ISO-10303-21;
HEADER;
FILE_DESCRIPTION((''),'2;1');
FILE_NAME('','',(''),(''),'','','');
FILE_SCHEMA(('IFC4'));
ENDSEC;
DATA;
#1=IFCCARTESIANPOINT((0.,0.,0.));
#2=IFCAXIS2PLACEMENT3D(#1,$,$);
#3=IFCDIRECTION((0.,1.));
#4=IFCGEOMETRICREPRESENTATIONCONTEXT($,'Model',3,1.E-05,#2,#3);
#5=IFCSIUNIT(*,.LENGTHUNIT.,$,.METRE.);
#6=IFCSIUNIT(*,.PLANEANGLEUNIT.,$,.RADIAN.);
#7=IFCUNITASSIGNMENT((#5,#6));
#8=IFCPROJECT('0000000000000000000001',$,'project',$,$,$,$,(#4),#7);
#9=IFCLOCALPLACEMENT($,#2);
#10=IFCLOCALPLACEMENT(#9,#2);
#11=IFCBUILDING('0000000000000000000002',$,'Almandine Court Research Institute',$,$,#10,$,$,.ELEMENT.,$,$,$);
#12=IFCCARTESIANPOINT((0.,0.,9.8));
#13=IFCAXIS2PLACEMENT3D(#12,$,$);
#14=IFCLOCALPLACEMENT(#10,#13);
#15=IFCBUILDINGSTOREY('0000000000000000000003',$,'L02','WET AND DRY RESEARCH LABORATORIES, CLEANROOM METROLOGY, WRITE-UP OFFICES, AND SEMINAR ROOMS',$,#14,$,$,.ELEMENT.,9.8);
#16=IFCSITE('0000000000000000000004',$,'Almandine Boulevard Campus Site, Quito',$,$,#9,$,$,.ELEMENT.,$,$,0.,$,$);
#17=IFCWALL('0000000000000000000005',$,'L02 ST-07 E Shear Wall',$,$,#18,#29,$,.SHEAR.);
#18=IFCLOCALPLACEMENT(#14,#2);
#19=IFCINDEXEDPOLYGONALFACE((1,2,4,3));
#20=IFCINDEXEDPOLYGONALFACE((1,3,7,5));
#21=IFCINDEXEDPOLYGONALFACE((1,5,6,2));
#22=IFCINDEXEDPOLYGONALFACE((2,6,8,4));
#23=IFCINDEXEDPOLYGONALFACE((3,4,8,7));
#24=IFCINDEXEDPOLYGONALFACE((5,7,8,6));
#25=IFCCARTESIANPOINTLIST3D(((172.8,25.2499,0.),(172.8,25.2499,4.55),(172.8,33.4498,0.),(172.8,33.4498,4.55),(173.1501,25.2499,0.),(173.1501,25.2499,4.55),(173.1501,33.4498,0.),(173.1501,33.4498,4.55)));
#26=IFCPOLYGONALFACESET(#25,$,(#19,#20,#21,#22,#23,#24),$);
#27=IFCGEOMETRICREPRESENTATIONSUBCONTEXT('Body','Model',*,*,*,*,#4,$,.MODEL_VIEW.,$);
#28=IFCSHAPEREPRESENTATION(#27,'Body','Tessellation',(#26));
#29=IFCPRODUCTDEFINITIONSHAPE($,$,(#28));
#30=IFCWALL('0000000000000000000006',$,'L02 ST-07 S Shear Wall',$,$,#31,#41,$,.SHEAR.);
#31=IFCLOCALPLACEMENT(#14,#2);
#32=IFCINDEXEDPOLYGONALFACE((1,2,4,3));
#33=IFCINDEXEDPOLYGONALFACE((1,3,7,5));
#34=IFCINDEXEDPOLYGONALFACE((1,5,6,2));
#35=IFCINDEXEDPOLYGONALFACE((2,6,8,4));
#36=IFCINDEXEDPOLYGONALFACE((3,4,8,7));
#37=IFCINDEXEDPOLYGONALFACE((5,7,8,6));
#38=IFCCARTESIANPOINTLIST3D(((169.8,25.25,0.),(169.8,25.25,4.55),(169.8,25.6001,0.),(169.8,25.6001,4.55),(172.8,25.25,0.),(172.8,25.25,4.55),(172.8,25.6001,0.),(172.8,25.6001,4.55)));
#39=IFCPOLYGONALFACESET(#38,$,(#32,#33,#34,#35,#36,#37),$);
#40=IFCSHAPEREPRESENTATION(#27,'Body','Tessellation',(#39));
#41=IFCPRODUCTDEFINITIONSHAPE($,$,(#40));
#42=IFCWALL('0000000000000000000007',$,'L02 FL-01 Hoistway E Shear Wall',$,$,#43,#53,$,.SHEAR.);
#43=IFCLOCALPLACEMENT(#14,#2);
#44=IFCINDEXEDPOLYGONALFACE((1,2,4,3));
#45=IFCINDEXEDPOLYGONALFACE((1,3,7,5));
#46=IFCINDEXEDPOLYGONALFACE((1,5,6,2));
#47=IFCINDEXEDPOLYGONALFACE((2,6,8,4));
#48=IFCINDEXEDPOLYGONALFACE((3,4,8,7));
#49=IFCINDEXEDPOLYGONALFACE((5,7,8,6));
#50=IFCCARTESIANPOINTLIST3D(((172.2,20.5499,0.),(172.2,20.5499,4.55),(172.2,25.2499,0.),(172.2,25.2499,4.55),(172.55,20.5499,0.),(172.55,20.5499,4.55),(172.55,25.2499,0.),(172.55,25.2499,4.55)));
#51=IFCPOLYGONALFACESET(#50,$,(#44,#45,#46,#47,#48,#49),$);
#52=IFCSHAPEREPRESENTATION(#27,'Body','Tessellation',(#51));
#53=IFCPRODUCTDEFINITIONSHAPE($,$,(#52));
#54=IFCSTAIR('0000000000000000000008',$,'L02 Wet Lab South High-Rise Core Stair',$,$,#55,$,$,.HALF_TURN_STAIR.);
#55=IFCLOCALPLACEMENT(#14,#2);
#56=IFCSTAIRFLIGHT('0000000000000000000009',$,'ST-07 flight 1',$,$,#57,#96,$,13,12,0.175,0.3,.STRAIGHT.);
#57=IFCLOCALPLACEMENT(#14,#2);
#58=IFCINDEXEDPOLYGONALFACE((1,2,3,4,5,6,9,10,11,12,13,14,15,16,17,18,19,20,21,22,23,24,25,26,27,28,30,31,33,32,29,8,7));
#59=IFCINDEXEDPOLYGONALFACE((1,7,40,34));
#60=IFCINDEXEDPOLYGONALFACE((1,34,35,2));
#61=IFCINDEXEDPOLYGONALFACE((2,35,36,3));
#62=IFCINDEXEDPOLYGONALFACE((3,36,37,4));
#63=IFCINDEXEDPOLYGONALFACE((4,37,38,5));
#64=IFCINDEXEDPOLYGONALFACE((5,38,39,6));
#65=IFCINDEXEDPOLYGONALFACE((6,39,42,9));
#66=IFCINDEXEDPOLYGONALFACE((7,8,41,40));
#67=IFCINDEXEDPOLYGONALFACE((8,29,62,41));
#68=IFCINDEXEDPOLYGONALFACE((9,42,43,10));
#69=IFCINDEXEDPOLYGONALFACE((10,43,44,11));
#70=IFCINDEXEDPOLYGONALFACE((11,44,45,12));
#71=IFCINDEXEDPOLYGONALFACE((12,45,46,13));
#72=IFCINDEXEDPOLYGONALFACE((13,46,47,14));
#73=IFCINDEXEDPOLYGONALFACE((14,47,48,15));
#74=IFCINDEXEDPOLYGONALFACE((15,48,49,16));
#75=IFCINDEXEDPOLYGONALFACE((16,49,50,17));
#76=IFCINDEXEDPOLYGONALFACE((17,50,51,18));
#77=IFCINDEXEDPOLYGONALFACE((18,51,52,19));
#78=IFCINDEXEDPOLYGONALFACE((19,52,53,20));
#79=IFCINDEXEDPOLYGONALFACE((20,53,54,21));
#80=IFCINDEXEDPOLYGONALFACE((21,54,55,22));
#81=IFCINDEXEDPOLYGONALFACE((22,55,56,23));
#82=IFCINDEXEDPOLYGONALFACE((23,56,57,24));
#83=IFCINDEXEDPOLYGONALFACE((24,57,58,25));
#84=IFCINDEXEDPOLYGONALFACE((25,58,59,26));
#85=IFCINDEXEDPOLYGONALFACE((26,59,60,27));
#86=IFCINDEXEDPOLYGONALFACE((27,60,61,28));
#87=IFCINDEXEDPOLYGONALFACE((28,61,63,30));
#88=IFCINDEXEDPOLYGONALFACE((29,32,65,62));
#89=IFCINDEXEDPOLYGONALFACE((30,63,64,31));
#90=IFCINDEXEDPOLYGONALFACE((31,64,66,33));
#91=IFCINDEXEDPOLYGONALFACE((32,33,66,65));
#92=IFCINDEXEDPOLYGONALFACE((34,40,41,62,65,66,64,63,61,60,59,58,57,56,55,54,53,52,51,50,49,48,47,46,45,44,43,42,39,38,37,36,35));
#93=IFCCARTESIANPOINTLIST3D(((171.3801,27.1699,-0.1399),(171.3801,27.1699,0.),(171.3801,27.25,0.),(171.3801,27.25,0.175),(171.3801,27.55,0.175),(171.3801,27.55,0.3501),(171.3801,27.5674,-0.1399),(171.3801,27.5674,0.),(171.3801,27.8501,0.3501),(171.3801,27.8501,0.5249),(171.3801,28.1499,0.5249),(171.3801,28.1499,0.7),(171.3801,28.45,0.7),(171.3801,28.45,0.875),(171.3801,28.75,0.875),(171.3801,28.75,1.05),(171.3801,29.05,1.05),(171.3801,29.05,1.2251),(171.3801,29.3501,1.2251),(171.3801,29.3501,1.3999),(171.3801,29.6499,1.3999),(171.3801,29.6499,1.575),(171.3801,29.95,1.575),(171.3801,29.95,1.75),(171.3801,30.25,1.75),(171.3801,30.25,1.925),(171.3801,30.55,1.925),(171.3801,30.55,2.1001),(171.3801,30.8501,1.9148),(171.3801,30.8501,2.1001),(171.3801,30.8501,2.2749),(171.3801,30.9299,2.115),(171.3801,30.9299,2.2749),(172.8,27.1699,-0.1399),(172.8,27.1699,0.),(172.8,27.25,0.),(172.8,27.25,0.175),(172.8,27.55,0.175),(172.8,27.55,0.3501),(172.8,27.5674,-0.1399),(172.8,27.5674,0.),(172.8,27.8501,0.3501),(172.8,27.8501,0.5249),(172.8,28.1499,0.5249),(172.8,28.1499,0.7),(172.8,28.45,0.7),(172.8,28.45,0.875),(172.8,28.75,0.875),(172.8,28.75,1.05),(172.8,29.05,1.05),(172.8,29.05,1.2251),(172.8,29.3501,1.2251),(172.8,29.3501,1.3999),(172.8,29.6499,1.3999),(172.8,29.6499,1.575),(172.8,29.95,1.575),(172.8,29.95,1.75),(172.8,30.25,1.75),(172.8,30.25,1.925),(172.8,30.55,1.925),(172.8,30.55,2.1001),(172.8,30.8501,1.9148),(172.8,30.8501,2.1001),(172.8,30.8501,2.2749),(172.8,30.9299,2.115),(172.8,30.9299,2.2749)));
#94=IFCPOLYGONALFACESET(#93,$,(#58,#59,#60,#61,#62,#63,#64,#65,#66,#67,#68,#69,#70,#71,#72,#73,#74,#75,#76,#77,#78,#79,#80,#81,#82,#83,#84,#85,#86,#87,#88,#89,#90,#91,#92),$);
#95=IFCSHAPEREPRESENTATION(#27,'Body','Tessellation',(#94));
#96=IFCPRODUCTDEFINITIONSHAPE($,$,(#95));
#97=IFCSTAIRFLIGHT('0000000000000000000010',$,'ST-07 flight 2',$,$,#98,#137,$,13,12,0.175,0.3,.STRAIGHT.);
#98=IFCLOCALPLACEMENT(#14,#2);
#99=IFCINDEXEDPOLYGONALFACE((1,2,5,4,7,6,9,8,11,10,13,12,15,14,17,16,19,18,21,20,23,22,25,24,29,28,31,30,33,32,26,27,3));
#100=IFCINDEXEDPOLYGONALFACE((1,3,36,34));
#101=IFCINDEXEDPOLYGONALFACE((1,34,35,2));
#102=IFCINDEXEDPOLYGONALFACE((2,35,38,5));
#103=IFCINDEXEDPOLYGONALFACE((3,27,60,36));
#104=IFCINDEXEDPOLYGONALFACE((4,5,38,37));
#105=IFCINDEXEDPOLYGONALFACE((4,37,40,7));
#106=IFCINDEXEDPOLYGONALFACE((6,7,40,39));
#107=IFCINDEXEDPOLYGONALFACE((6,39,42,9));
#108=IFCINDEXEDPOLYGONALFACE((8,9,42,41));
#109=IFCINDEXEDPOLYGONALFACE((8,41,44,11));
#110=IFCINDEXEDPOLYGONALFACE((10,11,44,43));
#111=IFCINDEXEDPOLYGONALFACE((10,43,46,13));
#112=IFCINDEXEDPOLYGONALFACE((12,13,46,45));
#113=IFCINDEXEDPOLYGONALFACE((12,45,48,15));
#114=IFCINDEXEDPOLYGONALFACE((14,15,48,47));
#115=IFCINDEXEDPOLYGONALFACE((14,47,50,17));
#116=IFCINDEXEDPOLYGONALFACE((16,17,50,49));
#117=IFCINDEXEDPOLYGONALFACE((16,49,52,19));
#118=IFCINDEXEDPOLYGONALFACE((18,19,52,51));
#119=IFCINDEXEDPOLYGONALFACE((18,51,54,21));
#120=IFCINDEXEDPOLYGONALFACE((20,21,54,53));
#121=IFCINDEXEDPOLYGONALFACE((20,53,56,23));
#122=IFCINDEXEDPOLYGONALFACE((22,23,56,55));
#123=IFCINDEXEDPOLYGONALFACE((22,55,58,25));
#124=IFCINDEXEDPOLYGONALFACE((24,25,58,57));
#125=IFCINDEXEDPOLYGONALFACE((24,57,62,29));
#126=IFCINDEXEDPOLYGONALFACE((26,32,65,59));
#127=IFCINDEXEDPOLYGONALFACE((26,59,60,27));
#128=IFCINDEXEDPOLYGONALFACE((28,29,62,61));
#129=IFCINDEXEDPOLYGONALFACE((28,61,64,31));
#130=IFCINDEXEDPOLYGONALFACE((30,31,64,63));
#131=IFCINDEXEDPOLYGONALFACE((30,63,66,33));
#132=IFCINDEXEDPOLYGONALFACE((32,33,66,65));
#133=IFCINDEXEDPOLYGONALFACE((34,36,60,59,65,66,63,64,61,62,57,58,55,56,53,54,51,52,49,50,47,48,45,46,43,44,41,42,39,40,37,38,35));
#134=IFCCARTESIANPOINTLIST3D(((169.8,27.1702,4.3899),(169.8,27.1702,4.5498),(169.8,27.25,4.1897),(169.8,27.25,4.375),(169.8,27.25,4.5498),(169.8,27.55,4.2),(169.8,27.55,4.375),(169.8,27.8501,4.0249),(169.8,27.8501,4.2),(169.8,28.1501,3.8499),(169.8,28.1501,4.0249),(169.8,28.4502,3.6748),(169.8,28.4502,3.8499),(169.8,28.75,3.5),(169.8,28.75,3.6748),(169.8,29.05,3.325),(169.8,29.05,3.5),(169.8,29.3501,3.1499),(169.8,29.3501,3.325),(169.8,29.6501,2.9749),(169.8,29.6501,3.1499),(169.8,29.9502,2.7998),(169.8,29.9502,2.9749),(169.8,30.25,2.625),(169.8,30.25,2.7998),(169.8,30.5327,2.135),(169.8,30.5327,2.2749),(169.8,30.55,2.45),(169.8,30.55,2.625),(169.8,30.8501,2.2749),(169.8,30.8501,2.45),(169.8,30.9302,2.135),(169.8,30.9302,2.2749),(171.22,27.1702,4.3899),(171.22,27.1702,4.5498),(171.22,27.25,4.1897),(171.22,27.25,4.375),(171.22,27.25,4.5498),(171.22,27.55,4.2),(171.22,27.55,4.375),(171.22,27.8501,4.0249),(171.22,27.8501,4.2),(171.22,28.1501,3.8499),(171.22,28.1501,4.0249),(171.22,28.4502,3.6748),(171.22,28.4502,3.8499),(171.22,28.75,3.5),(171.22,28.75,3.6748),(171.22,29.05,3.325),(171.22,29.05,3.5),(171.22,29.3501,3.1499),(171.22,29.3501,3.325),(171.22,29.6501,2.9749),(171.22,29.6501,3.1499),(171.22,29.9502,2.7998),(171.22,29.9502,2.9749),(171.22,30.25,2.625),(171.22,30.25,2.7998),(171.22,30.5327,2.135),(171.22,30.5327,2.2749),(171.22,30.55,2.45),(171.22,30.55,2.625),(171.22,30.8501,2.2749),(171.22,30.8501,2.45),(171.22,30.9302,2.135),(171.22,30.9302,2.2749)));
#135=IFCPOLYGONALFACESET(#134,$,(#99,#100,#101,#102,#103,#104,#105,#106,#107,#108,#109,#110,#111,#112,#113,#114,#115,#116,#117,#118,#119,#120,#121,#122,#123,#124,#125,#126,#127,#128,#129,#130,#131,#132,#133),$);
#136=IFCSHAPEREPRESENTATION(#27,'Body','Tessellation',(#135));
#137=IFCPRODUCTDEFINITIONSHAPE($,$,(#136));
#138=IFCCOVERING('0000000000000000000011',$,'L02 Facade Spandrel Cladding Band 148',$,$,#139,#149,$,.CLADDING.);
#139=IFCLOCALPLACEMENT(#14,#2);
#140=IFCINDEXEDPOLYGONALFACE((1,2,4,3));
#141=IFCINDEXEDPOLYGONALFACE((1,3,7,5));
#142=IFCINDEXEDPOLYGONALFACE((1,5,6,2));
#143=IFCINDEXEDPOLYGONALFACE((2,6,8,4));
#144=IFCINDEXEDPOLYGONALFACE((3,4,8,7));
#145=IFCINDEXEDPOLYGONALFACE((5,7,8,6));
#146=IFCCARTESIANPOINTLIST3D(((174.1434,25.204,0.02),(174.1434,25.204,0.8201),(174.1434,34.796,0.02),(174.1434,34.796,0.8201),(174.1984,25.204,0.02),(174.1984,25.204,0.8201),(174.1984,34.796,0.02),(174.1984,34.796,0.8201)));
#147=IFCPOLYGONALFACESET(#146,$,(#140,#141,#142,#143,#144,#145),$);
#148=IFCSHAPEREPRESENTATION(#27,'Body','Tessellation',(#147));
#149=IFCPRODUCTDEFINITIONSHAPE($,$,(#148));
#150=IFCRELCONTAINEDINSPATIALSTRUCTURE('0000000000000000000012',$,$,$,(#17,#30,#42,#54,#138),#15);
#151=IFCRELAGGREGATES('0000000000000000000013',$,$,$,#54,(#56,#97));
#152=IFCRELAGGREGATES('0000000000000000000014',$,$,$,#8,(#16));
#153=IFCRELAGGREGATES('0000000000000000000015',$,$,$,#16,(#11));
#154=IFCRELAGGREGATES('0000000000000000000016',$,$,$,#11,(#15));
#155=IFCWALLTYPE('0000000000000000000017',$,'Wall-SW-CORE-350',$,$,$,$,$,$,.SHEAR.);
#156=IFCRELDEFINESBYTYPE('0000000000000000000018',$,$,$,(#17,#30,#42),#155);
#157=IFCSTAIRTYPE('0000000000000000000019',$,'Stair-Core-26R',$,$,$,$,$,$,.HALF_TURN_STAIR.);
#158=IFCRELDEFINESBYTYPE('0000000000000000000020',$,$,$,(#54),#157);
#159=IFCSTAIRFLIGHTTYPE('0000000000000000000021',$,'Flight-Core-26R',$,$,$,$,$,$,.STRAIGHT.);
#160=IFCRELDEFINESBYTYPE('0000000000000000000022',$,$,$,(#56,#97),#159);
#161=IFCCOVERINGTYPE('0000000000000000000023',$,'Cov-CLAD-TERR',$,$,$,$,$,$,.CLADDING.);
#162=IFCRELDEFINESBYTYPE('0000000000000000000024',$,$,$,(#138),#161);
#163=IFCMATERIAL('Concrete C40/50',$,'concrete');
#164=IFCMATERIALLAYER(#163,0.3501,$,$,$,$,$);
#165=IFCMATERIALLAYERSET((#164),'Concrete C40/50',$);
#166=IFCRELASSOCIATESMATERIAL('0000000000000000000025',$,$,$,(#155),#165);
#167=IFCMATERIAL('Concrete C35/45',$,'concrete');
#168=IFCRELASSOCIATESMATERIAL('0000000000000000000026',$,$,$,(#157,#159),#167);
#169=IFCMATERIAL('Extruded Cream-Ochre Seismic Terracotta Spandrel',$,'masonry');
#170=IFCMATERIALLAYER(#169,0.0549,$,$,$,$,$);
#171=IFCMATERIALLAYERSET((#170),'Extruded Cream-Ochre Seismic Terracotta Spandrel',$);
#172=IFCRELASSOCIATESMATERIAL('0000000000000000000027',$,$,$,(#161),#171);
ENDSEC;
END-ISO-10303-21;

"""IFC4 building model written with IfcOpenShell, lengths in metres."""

from ifc_helpers import new_model, si_unit, direction, frame, frame_2d, origin, origin_2d, place, context, subcontext, project, spatial, polyline, rectangle, outline, extrude, material, layer, layer_set, type_object, element, aggregate, save


model = new_model("IFC4")

# Units and contexts
model_context = context("Model", 3, precision=1e-05, world=origin(), true_north=direction((0.0, 1.0)))
body_context = subcontext(model_context, "Body", "Model", "MODEL_VIEW")
ifc_project = project(units=[si_unit("LENGTHUNIT", "METRE"), si_unit("PLANEANGLEUNIT", "RADIAN")], contexts=[model_context])

# Site, building, storey
site_placement = place(None, origin())
site = spatial("IfcSite", under=ifc_project, at=site_placement, Name="Almandine Boulevard Campus Site, Quito", CompositionType="ELEMENT", RefElevation=0.0)
building_placement = place(site_placement, origin())
building = spatial("IfcBuilding", under=site, at=building_placement, Name="Almandine Court Research Institute", CompositionType="ELEMENT")
storey_placement = place(building_placement, frame((0.0, 0.0, 9.8)))
storey = spatial("IfcBuildingStorey", under=building, at=storey_placement, Name="L02", Description="WET AND DRY RESEARCH LABORATORIES, CLEANROOM METROLOGY, WRITE-UP OFFICES, AND SEMINAR ROOMS", CompositionType="ELEMENT", Elevation=9.8)

# Walls
ifc_material_1 = material(Name="Concrete C40/50", Category="concrete")
ifc_layer_1 = layer(ifc_material_1, 0.3501)
ifc_layer_set_1 = layer_set([ifc_layer_1], Name="Concrete C40/50")
wall_type_1 = type_object("IfcWallType", Name="Wall-SW-CORE-350", PredefinedType="SHEAR", material=ifc_layer_set_1)
wall_1_placement = place(storey_placement, frame((172.9751, 33.45, 0.0), z_axis=(0.0, 0.0, 1.0), x_axis=(0.0, -1.0, 0.0)))
element("IfcWall", 1, at=wall_1_placement, inside=storey, type_object=wall_type_1, Name="L02 ST-07 E Shear Wall", PredefinedType="SHEAR", context=body_context, shape_type="SweptSolid", body=[
    extrude(rectangle(XDim=8.2, YDim=0.3501, at=frame_2d((4.1001, 0.0))), origin(), (0.0, 0.0, 1.0), 4.55),
])
wall_2_placement = place(storey_placement, frame((172.8, 25.425, 0.0), z_axis=(0.0, 0.0, 1.0), x_axis=(-1.0, 0.0, 0.0)))
element("IfcWall", 2, at=wall_2_placement, inside=storey, type_object=wall_type_1, Name="L02 ST-07 S Shear Wall", PredefinedType="SHEAR", context=body_context, shape_type="SweptSolid", body=[
    extrude(rectangle(XDim=3.0, YDim=0.3501, at=frame_2d((1.5, 0.0))), origin(), (0.0, 0.0, 1.0), 4.55),
])
wall_3_placement = place(storey_placement, frame((172.375, 25.25, 0.0), z_axis=(0.0, 0.0, 1.0), x_axis=(0.0, -1.0, 0.0)))
element("IfcWall", 3, at=wall_3_placement, inside=storey, type_object=wall_type_1, Name="L02 FL-01 Hoistway E Shear Wall", PredefinedType="SHEAR", context=body_context, shape_type="SweptSolid", body=[
    extrude(rectangle(XDim=4.7, YDim=0.3501, at=frame_2d((2.3501, 0.0))), origin(), (0.0, 0.0, 1.0), 4.55),
])

# Stair, stair flights
ifc_material_2 = material(Name="Concrete C35/45", Category="concrete")
stair_type = type_object("IfcStairType", Name="Stair-Core-26R", PredefinedType="HALF_TURN_STAIR", material=ifc_material_2)
stair_placement = place(storey_placement, origin())
stair = element("IfcStair", 4, at=stair_placement, inside=storey, type_object=stair_type, Name="L02 Wet Lab South High-Rise Core Stair", PredefinedType="HALF_TURN_STAIR")
stair_flight_type = type_object("IfcStairFlightType", Name="Flight-Core-26R", PredefinedType="STRAIGHT", material=ifc_material_2)
stair_flight_1_placement = place(storey_placement, frame((172.0901, 27.25, 0.0), z_axis=(0.0, 0.0, 1.0), x_axis=(0.0, 1.0, 0.0)))
stair_flight_1 = element("IfcStairFlight", 5, at=stair_flight_1_placement, type_object=stair_flight_type, Name="ST-07 flight 1", NumberOfRisers=13, NumberOfTreads=12, PredefinedType="STRAIGHT", RiserHeight=0.175, TreadLength=0.3, context=body_context, shape_type="SweptSolid", body=[
    extrude(outline(polyline([(-0.0801, -0.1399), (-0.0801, 0.0), (0.0, 0.0), (0.0, 0.175), (0.3, 0.175), (0.3, 0.3501), (0.6001, 0.3501), (0.6001, 0.5249), (0.8999, 0.5249), (0.8999, 0.7), (1.2, 0.7), (1.2, 0.875), (1.5, 0.875), (1.5, 1.05), (1.8, 1.05), (1.8, 1.2251), (2.1001, 1.2251), (2.1001, 1.3999), (2.3999, 1.3999), (2.3999, 1.575), (2.7, 1.575), (2.7, 1.75), (3.0, 1.75), (3.0, 1.925), (3.3, 1.925), (3.3, 2.1001), (3.6001, 2.1001), (3.6001, 2.2749), (3.6799, 2.2749), (3.6799, 2.115), (3.6001, 1.9148), (0.3174, 0.0), (0.3174, -0.1399), (-0.0801, -0.1399)])), frame((0.0, 0.71, 0.0), z_axis=(0.0, -1.0, 0.0), x_axis=(1.0, 0.0, 0.0)), (0.0, 0.0, 1.0), 1.4199),
])
stair_flight_2_placement = place(storey_placement, frame((170.51, 30.8501, 2.2749), z_axis=(0.0, 0.0, 1.0), x_axis=(0.0, -1.0, 0.0)))
stair_flight_2 = element("IfcStairFlight", 6, at=stair_flight_2_placement, type_object=stair_flight_type, Name="ST-07 flight 2", NumberOfRisers=13, NumberOfTreads=12, PredefinedType="STRAIGHT", RiserHeight=0.175, TreadLength=0.3, context=body_context, shape_type="SweptSolid", body=[
    extrude(outline(polyline([(-0.0801, -0.1399), (-0.0801, 0.0), (0.0, 0.0), (0.0, 0.175), (0.3, 0.175), (0.3, 0.3501), (0.6001, 0.3501), (0.6001, 0.5249), (0.8999, 0.5249), (0.8999, 0.7), (1.2, 0.7), (1.2, 0.875), (1.5, 0.875), (1.5, 1.05), (1.8, 1.05), (1.8, 1.2251), (2.1001, 1.2251), (2.1001, 1.3999), (2.3999, 1.3999), (2.3999, 1.575), (2.7, 1.575), (2.7, 1.75), (3.0, 1.75), (3.0, 1.925), (3.3, 1.925), (3.3, 2.1001), (3.6001, 2.1001), (3.6001, 2.2749), (3.6799, 2.2749), (3.6799, 2.115), (3.6001, 1.9148), (0.3174, 0.0), (0.3174, -0.1399), (-0.0801, -0.1399)])), frame((0.0, 0.71, 0.0), z_axis=(0.0, -1.0, 0.0), x_axis=(1.0, 0.0, 0.0)), (0.0, 0.0, 1.0), 1.4199),
])
aggregate(stair, [stair_flight_1, stair_flight_2])

# Covering
ifc_material_3 = material(Name="Extruded Cream-Ochre Seismic Terracotta Spandrel", Category="masonry")
ifc_layer_2 = layer(ifc_material_3, 0.0549)
ifc_layer_set_2 = layer_set([ifc_layer_2], Name="Extruded Cream-Ochre Seismic Terracotta Spandrel")
covering_type = type_object("IfcCoveringType", Name="Cov-CLAD-TERR", PredefinedType="CLADDING", material=ifc_layer_set_2)
covering_placement = place(storey_placement, frame((174.1709, 30.0, 0.02), z_axis=(0.0, 0.0, 1.0), x_axis=(0.0, -1.0, 0.0)))
element("IfcCovering", 7, at=covering_placement, inside=storey, type_object=covering_type, Name="L02 Facade Spandrel Cladding Band 148", PredefinedType="CLADDING", context=body_context, shape_type="SweptSolid", body=[
    extrude(rectangle(XDim=9.592, YDim=0.0549, at=origin_2d()), origin(), (0.0, 0.0, 1.0), 0.8),
])

save(model, "model.ifc")
